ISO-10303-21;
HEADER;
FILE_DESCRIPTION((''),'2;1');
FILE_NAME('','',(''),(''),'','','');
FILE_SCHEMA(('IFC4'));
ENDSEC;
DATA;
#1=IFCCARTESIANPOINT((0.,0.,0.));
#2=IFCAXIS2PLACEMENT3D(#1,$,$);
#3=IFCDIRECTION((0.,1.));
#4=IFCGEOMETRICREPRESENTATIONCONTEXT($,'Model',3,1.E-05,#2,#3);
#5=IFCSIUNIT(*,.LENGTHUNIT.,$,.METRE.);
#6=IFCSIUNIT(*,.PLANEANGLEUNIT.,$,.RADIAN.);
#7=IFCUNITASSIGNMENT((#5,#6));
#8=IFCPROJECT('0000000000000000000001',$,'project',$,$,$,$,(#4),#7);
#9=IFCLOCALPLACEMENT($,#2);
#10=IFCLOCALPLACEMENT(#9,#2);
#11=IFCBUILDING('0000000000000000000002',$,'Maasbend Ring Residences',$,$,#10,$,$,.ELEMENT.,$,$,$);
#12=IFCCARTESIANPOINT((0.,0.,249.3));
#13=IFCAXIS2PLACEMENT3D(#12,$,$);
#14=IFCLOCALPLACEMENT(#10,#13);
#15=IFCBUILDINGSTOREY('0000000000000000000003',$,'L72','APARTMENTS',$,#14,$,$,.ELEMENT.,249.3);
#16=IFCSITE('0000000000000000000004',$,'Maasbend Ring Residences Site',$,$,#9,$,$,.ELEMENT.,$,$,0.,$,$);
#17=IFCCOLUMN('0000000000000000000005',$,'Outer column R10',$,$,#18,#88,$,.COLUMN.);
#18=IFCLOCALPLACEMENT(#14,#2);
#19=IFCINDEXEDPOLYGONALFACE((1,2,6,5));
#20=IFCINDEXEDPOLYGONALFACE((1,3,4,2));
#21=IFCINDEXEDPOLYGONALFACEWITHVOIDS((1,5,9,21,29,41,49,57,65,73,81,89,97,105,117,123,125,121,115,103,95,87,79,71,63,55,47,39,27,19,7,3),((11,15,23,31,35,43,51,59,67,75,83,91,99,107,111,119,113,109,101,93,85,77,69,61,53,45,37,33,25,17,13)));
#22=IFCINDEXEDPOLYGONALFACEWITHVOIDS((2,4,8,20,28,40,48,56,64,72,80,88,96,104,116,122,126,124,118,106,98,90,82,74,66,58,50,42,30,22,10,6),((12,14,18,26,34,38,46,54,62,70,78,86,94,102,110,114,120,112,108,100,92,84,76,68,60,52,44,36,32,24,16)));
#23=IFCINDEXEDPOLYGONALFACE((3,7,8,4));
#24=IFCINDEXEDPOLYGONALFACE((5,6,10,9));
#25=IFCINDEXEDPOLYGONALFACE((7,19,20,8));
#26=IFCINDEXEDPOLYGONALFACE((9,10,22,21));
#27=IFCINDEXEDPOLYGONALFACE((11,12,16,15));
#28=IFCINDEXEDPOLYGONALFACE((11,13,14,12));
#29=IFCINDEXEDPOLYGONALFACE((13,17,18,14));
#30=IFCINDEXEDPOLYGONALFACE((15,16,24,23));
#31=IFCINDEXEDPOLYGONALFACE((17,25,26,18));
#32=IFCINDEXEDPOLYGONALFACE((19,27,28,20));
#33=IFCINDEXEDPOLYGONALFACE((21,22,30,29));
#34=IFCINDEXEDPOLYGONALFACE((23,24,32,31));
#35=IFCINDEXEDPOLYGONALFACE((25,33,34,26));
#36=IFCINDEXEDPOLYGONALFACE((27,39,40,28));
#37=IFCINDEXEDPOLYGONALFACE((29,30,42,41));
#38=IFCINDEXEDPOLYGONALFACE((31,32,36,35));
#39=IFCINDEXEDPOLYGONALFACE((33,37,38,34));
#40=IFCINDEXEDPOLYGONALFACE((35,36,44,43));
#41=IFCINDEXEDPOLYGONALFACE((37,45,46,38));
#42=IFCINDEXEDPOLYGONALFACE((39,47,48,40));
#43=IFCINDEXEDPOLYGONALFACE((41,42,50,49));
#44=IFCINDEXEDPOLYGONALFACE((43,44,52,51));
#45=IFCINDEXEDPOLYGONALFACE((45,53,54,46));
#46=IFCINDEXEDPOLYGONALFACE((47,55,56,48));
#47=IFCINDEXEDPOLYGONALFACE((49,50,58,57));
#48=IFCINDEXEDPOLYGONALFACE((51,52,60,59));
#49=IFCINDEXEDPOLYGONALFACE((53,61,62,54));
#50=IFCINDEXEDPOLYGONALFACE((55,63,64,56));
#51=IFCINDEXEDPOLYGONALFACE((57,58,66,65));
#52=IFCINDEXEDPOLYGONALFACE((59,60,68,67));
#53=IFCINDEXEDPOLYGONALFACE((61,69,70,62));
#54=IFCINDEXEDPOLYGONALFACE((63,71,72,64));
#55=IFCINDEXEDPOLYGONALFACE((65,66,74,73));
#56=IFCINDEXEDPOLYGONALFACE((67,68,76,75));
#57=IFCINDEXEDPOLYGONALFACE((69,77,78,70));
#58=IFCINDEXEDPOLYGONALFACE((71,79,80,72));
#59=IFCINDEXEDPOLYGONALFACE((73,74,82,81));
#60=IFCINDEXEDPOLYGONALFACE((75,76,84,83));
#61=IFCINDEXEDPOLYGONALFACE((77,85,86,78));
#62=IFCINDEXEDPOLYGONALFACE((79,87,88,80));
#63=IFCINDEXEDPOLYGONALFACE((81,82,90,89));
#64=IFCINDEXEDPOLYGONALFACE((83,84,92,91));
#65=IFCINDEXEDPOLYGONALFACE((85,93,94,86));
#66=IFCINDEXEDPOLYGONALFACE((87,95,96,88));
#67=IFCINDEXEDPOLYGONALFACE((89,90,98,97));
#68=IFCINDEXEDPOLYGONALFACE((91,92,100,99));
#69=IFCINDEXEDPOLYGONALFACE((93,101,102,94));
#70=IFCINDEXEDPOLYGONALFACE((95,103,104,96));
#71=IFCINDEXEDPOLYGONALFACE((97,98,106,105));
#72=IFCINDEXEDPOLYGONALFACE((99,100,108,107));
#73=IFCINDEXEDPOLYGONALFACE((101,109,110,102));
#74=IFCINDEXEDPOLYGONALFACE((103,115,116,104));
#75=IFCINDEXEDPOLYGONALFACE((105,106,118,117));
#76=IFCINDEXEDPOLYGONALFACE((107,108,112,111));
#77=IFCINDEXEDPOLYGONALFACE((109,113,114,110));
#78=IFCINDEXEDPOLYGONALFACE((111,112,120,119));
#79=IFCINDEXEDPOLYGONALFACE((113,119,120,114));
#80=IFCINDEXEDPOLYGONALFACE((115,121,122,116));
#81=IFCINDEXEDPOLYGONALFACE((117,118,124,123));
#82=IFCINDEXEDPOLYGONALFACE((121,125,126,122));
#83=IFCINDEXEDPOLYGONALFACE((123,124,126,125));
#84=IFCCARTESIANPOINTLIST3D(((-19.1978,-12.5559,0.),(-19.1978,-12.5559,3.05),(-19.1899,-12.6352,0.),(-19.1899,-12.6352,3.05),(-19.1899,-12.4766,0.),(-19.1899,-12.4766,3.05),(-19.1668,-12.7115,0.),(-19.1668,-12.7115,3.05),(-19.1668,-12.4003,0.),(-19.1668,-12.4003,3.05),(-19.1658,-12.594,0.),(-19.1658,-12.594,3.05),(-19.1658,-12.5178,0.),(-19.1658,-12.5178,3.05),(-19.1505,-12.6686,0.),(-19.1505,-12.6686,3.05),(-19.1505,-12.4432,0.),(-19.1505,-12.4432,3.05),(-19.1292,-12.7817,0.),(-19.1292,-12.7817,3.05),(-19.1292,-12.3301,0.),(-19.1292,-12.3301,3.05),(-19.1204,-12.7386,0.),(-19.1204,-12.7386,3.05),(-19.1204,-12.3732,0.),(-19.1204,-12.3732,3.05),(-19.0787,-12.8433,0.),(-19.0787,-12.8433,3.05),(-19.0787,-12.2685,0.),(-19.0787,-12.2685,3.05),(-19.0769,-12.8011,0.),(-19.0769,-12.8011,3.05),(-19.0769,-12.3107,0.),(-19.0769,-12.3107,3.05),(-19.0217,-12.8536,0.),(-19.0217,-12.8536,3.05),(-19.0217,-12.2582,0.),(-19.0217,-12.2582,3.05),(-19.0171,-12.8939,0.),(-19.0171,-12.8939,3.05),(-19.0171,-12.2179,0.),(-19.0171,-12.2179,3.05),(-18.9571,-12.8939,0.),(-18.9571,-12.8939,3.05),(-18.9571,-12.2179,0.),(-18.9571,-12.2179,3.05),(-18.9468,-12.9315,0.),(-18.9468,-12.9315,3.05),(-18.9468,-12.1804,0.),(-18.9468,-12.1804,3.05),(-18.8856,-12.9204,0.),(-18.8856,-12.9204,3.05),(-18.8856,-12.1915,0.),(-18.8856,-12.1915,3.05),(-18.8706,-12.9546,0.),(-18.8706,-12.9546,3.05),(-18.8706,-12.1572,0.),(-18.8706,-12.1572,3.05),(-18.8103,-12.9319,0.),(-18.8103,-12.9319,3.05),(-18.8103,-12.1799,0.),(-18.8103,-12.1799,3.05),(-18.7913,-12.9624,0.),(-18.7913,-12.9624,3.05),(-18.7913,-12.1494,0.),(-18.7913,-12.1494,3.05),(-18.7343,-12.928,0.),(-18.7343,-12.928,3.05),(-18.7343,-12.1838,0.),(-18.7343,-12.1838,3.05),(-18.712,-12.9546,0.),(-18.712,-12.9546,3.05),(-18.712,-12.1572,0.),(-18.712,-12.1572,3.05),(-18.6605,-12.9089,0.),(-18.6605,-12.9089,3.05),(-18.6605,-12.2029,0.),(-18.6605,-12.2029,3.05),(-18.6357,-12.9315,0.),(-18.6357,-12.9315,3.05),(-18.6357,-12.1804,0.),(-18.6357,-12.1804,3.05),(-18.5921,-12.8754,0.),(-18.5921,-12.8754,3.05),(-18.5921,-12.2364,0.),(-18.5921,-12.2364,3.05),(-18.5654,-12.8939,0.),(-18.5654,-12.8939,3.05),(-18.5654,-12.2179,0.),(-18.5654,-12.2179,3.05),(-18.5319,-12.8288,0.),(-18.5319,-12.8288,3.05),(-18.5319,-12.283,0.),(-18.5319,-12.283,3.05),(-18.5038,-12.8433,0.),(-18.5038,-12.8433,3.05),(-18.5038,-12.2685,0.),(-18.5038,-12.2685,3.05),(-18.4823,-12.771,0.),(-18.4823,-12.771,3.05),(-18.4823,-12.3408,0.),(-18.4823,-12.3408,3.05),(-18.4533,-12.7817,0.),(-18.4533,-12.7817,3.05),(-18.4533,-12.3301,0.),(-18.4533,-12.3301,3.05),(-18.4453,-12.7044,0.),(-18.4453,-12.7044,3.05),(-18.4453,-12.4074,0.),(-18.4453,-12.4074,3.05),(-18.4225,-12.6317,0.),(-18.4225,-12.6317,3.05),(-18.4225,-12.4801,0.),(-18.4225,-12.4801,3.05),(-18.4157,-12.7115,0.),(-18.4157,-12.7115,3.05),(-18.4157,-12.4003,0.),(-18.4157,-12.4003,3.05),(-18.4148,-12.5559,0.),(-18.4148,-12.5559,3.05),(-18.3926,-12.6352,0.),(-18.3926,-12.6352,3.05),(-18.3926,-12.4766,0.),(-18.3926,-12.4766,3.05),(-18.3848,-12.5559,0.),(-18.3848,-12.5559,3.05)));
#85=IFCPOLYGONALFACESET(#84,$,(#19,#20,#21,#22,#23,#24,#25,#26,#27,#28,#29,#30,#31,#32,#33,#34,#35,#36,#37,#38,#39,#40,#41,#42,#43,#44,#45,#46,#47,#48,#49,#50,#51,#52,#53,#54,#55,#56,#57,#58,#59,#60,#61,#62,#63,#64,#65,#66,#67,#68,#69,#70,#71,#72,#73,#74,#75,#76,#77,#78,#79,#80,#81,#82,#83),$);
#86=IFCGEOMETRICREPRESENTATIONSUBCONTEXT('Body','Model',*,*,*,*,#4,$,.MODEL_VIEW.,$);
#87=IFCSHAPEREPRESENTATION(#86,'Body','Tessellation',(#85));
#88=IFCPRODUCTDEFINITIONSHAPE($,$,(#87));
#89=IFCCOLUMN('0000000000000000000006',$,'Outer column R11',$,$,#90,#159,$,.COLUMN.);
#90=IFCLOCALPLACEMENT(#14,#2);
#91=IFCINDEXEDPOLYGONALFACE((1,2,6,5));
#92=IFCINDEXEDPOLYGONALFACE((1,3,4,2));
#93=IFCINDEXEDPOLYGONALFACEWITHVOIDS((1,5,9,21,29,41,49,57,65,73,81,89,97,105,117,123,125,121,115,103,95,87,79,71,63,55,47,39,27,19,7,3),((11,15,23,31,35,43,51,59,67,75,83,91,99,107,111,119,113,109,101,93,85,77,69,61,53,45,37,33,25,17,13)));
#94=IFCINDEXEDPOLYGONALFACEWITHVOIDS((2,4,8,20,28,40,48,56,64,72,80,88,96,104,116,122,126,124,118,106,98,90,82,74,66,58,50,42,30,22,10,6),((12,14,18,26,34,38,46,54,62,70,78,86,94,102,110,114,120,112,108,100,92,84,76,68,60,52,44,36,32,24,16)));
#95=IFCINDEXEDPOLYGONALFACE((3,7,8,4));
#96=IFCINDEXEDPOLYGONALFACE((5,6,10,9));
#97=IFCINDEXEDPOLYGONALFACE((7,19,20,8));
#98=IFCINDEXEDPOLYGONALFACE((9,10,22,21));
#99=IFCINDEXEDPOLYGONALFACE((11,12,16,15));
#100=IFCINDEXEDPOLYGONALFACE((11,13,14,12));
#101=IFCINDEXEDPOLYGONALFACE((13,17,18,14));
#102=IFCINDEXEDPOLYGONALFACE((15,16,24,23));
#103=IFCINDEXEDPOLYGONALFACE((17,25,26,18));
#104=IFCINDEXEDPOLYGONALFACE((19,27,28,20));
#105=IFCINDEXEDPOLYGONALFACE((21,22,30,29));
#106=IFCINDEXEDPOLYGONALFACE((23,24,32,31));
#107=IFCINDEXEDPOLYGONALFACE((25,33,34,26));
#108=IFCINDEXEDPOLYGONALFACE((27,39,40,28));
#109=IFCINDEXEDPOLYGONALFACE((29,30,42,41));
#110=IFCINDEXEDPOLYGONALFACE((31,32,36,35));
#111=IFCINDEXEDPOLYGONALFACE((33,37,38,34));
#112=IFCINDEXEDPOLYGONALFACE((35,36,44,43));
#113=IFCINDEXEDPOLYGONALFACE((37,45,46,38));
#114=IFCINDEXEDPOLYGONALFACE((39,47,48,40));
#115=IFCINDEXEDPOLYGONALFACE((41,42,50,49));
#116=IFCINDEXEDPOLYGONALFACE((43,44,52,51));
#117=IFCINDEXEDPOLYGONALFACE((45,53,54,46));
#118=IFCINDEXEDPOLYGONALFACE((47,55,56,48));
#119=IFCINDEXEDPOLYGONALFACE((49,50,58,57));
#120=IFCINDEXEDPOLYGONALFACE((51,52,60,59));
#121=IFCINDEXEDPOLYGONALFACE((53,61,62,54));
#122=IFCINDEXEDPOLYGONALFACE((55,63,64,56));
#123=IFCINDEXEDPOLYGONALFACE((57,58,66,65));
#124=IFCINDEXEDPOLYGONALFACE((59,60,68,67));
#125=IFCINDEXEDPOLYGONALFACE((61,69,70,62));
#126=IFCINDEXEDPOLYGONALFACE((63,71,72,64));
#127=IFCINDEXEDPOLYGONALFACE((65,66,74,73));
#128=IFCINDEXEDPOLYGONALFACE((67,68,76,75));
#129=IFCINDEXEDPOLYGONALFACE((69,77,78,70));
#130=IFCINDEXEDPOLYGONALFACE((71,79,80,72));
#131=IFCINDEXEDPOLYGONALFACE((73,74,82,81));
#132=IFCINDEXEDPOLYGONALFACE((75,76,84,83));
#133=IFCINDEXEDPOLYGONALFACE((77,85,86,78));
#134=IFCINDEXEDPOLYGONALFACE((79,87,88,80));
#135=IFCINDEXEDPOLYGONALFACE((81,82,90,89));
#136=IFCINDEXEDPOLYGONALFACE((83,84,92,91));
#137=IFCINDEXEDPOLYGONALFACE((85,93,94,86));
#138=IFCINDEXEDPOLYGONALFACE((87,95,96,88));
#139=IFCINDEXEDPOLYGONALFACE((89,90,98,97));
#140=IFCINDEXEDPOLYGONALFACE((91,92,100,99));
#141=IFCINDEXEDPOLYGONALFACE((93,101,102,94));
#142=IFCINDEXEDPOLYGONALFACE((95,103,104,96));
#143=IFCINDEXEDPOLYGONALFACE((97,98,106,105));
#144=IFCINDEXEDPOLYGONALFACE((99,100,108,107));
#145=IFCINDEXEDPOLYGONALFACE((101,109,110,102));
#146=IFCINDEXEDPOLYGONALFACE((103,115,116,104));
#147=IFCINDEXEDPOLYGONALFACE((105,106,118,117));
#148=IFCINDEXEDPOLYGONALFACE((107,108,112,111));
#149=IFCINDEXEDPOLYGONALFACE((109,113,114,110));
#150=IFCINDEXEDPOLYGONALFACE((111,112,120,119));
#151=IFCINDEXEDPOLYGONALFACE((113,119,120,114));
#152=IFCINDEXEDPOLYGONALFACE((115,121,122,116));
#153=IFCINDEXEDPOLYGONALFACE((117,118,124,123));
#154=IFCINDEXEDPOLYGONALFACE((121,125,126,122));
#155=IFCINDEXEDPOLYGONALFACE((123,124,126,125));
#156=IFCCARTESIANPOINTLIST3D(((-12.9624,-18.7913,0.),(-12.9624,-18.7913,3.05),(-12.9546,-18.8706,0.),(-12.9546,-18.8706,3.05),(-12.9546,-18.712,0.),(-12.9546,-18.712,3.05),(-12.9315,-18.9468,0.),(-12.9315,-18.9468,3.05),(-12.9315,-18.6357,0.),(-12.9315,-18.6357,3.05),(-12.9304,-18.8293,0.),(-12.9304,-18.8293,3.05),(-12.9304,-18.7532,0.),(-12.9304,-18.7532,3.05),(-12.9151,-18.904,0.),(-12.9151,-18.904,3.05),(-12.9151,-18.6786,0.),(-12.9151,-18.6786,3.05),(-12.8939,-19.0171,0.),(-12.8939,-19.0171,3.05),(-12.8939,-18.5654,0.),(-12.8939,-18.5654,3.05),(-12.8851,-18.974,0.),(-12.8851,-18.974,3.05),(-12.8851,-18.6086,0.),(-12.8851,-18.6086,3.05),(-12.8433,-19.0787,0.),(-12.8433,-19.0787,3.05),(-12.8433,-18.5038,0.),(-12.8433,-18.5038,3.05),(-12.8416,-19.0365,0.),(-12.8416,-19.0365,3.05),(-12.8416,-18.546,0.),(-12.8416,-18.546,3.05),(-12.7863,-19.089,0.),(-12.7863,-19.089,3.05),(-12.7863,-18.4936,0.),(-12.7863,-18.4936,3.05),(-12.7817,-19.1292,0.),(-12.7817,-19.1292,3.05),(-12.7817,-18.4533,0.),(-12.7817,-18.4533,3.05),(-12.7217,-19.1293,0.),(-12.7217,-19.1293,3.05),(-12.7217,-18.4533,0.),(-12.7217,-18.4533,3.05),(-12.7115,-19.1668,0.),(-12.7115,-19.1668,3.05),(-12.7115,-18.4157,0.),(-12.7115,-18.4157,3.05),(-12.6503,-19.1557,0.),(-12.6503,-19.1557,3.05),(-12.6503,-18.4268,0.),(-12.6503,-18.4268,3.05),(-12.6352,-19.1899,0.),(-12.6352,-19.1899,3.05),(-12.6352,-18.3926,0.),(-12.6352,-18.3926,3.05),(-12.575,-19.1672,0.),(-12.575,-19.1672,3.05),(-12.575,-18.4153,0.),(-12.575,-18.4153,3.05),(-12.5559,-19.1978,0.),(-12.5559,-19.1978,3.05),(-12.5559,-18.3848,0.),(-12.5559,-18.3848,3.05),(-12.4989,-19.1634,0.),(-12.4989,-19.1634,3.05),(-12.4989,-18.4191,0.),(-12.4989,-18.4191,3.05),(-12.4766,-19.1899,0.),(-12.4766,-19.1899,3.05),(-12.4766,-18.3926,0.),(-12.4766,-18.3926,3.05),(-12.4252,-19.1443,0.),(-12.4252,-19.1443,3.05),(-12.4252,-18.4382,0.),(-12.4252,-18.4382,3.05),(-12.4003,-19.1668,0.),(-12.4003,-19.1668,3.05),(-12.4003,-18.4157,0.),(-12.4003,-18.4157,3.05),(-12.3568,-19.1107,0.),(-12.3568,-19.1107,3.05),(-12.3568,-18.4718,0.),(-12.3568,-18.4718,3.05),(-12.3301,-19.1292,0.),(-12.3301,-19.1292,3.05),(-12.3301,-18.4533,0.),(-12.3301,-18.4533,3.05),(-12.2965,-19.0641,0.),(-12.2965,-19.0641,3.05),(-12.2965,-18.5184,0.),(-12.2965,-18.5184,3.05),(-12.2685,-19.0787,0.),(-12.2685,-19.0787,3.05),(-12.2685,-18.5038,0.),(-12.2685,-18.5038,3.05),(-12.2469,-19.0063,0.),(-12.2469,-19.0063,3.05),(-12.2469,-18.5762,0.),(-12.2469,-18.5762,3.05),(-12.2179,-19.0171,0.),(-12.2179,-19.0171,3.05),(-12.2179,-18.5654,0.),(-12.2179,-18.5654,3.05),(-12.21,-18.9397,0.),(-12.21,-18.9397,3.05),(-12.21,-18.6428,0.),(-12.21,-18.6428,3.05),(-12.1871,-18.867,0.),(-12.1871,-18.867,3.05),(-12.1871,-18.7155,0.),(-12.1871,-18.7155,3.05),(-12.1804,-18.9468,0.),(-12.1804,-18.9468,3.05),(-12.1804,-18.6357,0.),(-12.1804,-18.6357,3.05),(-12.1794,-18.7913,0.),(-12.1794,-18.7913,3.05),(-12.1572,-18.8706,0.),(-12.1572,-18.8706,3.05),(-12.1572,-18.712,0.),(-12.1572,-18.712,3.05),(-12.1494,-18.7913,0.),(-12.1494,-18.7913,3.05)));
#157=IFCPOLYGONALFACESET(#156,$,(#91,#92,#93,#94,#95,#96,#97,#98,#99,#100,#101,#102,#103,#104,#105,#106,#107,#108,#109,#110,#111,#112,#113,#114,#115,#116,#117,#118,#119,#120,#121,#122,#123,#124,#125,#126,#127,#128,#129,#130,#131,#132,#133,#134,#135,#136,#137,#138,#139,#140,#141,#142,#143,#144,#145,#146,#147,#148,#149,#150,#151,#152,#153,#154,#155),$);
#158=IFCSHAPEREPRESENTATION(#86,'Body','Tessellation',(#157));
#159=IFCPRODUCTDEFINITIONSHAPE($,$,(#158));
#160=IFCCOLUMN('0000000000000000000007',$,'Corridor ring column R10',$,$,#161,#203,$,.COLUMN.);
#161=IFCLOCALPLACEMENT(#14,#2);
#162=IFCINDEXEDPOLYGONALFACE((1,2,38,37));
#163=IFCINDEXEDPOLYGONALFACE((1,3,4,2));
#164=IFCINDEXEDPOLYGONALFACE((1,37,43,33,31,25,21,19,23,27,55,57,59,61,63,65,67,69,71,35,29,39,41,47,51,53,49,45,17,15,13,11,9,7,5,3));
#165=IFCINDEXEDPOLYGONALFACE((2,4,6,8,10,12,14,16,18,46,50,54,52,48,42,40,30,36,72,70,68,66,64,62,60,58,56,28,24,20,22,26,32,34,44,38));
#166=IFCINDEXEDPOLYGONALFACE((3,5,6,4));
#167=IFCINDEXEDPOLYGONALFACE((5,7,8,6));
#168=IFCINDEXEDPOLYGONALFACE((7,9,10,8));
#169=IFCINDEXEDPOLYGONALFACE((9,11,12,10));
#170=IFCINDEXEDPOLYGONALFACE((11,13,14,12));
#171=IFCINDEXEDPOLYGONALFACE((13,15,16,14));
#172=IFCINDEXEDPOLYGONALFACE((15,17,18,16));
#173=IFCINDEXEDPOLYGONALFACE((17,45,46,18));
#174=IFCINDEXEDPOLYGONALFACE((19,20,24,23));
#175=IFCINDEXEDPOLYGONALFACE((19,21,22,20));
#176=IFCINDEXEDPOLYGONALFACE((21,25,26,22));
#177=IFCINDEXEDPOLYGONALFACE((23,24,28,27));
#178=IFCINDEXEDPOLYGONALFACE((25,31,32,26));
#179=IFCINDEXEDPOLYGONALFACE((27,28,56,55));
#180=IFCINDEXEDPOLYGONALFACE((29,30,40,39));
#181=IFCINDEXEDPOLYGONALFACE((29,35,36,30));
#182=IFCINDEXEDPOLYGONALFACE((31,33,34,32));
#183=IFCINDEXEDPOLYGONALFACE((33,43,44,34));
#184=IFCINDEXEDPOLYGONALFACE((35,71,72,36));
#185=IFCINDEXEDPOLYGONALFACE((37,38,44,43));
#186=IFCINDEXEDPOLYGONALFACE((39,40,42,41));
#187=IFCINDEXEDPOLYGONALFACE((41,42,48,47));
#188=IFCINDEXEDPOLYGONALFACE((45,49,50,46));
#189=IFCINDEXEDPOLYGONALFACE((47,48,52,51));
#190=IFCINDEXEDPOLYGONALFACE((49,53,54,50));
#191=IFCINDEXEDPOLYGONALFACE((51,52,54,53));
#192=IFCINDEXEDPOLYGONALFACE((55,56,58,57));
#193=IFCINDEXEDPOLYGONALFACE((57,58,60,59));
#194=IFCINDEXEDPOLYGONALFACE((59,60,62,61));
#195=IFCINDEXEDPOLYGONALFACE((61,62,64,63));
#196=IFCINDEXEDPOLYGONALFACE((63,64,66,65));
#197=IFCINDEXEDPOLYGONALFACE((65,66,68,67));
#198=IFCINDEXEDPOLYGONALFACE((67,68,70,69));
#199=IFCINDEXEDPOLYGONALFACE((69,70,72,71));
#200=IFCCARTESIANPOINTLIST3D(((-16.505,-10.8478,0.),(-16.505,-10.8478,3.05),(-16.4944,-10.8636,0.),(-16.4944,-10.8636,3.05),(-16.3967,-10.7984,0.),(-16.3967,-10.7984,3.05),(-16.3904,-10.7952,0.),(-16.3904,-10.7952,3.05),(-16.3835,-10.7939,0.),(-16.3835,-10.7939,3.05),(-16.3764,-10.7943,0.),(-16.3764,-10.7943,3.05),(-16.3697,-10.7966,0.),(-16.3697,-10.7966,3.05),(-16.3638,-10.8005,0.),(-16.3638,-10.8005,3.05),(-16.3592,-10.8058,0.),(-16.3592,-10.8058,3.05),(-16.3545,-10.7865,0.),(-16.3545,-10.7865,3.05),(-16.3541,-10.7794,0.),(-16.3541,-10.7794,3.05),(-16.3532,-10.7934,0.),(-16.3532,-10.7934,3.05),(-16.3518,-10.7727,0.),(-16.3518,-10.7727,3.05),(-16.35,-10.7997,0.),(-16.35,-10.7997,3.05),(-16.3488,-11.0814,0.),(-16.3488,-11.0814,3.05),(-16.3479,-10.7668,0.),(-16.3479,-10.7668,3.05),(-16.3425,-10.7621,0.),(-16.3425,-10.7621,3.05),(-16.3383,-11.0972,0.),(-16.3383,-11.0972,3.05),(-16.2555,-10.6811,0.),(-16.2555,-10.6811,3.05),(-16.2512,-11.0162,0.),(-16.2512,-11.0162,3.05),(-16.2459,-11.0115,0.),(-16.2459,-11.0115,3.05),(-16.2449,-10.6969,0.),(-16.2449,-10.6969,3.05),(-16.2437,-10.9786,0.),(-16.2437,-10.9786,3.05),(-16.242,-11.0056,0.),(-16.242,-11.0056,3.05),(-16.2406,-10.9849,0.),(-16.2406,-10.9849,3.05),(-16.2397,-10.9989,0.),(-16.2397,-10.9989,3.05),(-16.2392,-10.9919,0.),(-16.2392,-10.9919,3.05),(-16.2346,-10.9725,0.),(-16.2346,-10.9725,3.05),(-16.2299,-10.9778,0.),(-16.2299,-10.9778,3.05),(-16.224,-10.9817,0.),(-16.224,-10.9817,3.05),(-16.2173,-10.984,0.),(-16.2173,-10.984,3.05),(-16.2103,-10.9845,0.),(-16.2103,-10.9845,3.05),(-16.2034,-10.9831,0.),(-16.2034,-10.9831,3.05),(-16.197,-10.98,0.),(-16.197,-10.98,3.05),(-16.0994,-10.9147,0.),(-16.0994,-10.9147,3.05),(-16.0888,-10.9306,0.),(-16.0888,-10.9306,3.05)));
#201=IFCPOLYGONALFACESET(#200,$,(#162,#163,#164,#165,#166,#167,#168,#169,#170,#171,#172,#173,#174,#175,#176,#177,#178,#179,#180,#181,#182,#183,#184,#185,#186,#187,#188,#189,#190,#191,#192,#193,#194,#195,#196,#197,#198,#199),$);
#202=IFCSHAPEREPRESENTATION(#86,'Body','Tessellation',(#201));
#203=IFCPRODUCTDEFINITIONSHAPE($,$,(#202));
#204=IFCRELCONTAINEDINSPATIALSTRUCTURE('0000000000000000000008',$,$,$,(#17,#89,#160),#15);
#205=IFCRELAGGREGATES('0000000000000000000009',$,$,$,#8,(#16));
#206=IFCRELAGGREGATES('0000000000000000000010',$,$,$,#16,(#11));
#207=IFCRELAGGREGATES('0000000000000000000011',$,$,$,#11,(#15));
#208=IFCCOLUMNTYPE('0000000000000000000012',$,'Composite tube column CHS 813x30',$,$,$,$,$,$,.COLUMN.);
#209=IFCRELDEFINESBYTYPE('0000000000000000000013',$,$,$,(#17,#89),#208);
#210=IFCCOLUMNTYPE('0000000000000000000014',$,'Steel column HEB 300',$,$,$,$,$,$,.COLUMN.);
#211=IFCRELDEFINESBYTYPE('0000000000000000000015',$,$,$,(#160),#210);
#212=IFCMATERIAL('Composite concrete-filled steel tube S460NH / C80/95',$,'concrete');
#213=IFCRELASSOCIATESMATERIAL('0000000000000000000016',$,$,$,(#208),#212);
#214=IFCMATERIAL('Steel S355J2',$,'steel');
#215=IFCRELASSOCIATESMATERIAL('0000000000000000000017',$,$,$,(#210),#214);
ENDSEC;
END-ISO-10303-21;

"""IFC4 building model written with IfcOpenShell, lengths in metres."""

from ifc_helpers import new_model, si_unit, direction, frame, origin, origin_2d, place, context, subcontext, project, spatial, hollow_circle, i_section, extrude, material, material_profile, profile_set, type_object, element, save


model = new_model("IFC4")

# Units and contexts
model_context = context("Model", 3, precision=1e-05, world=origin(), true_north=direction((0.0, 1.0)))
body_context = subcontext(model_context, "Body", "Model", "MODEL_VIEW")
ifc_project = project(units=[si_unit("LENGTHUNIT", "METRE"), si_unit("PLANEANGLEUNIT", "RADIAN")], contexts=[model_context])

# Site, building, storey
site_placement = place(None, origin())
site = spatial("IfcSite", under=ifc_project, at=site_placement, Name="Maasbend Ring Residences Site", CompositionType="ELEMENT", RefElevation=0.0)
building_placement = place(site_placement, origin())
building = spatial("IfcBuilding", under=site, at=building_placement, Name="Maasbend Ring Residences", CompositionType="ELEMENT")
storey_placement = place(building_placement, frame((0.0, 0.0, 249.3)))
storey = spatial("IfcBuildingStorey", under=building, at=storey_placement, Name="L72", Description="APARTMENTS", CompositionType="ELEMENT", Elevation=249.3)

# Columns
ifc_material_1 = material(Name="Composite concrete-filled steel tube S460NH / C80/95", Category="concrete")
ifc_material_profile_1 = material_profile(ifc_material_1, hollow_circle(Radius=0.4065, WallThickness=0.03, at=origin_2d()), Name="Composite tube column CHS 813x30")
ifc_profile_set_1 = profile_set([ifc_material_profile_1], Name="Composite concrete-filled steel tube S460NH / C80/95")
column_type_1 = type_object("IfcColumnType", Name="Composite tube column CHS 813x30", PredefinedType="COLUMN", material=ifc_profile_set_1)
for number, where, z_axis, x_axis, name in (
    (1, (-18.7913, -12.5559, 0.0), (0.0, 0.0, 1.0), (1.0, 0.0, 0.0), "Outer column R10"),
    (2, (-12.5559, -18.7913, 0.0), (0.0, 0.0, 1.0), (1.0, 0.0, 0.0), "Outer column R11"),
):
    element("IfcColumn", number, at=place(storey_placement, frame(where, z_axis=z_axis, x_axis=x_axis)), inside=storey, type_object=column_type_1, Name=name, PredefinedType="COLUMN", context=body_context, shape_type="SweptSolid", body=[
        extrude(hollow_circle(Radius=0.4065, WallThickness=0.03, at=origin_2d()), origin(), (0.0, 0.0, 1.0), 3.05),
    ])
ifc_material_2 = material(Name="Steel S355J2", Category="steel")
ifc_material_profile_2 = material_profile(ifc_material_2, i_section(OverallWidth=0.3, OverallDepth=0.3, WebThickness=0.011, FlangeThickness=0.019, FilletRadius=0.0271, at=origin_2d()), Name="HEB 300")
ifc_profile_set_2 = profile_set([ifc_material_profile_2], Name="Steel S355J2")
column_type_2 = type_object("IfcColumnType", Name="Steel column HEB 300", PredefinedType="COLUMN", material=ifc_profile_set_2)
for number, where, z_axis, x_axis, name in (
    (3, (-16.2969, -10.8892, 0.0), (0.0, 0.0, 1.0), (-0.83147, -0.55557, 0.0), "Corridor ring column R10"),
):
    element("IfcColumn", number, at=place(storey_placement, frame(where, z_axis=z_axis, x_axis=x_axis)), inside=storey, type_object=column_type_2, Name=name, PredefinedType="COLUMN", context=body_context, shape_type="SweptSolid", body=[
        extrude(i_section(OverallWidth=0.3, OverallDepth=0.3, WebThickness=0.011, FlangeThickness=0.019, FilletRadius=0.0271, at=origin_2d()), origin(), (0.0, 0.0, 1.0), 3.05),
    ])

save(model, "model.ifc")
